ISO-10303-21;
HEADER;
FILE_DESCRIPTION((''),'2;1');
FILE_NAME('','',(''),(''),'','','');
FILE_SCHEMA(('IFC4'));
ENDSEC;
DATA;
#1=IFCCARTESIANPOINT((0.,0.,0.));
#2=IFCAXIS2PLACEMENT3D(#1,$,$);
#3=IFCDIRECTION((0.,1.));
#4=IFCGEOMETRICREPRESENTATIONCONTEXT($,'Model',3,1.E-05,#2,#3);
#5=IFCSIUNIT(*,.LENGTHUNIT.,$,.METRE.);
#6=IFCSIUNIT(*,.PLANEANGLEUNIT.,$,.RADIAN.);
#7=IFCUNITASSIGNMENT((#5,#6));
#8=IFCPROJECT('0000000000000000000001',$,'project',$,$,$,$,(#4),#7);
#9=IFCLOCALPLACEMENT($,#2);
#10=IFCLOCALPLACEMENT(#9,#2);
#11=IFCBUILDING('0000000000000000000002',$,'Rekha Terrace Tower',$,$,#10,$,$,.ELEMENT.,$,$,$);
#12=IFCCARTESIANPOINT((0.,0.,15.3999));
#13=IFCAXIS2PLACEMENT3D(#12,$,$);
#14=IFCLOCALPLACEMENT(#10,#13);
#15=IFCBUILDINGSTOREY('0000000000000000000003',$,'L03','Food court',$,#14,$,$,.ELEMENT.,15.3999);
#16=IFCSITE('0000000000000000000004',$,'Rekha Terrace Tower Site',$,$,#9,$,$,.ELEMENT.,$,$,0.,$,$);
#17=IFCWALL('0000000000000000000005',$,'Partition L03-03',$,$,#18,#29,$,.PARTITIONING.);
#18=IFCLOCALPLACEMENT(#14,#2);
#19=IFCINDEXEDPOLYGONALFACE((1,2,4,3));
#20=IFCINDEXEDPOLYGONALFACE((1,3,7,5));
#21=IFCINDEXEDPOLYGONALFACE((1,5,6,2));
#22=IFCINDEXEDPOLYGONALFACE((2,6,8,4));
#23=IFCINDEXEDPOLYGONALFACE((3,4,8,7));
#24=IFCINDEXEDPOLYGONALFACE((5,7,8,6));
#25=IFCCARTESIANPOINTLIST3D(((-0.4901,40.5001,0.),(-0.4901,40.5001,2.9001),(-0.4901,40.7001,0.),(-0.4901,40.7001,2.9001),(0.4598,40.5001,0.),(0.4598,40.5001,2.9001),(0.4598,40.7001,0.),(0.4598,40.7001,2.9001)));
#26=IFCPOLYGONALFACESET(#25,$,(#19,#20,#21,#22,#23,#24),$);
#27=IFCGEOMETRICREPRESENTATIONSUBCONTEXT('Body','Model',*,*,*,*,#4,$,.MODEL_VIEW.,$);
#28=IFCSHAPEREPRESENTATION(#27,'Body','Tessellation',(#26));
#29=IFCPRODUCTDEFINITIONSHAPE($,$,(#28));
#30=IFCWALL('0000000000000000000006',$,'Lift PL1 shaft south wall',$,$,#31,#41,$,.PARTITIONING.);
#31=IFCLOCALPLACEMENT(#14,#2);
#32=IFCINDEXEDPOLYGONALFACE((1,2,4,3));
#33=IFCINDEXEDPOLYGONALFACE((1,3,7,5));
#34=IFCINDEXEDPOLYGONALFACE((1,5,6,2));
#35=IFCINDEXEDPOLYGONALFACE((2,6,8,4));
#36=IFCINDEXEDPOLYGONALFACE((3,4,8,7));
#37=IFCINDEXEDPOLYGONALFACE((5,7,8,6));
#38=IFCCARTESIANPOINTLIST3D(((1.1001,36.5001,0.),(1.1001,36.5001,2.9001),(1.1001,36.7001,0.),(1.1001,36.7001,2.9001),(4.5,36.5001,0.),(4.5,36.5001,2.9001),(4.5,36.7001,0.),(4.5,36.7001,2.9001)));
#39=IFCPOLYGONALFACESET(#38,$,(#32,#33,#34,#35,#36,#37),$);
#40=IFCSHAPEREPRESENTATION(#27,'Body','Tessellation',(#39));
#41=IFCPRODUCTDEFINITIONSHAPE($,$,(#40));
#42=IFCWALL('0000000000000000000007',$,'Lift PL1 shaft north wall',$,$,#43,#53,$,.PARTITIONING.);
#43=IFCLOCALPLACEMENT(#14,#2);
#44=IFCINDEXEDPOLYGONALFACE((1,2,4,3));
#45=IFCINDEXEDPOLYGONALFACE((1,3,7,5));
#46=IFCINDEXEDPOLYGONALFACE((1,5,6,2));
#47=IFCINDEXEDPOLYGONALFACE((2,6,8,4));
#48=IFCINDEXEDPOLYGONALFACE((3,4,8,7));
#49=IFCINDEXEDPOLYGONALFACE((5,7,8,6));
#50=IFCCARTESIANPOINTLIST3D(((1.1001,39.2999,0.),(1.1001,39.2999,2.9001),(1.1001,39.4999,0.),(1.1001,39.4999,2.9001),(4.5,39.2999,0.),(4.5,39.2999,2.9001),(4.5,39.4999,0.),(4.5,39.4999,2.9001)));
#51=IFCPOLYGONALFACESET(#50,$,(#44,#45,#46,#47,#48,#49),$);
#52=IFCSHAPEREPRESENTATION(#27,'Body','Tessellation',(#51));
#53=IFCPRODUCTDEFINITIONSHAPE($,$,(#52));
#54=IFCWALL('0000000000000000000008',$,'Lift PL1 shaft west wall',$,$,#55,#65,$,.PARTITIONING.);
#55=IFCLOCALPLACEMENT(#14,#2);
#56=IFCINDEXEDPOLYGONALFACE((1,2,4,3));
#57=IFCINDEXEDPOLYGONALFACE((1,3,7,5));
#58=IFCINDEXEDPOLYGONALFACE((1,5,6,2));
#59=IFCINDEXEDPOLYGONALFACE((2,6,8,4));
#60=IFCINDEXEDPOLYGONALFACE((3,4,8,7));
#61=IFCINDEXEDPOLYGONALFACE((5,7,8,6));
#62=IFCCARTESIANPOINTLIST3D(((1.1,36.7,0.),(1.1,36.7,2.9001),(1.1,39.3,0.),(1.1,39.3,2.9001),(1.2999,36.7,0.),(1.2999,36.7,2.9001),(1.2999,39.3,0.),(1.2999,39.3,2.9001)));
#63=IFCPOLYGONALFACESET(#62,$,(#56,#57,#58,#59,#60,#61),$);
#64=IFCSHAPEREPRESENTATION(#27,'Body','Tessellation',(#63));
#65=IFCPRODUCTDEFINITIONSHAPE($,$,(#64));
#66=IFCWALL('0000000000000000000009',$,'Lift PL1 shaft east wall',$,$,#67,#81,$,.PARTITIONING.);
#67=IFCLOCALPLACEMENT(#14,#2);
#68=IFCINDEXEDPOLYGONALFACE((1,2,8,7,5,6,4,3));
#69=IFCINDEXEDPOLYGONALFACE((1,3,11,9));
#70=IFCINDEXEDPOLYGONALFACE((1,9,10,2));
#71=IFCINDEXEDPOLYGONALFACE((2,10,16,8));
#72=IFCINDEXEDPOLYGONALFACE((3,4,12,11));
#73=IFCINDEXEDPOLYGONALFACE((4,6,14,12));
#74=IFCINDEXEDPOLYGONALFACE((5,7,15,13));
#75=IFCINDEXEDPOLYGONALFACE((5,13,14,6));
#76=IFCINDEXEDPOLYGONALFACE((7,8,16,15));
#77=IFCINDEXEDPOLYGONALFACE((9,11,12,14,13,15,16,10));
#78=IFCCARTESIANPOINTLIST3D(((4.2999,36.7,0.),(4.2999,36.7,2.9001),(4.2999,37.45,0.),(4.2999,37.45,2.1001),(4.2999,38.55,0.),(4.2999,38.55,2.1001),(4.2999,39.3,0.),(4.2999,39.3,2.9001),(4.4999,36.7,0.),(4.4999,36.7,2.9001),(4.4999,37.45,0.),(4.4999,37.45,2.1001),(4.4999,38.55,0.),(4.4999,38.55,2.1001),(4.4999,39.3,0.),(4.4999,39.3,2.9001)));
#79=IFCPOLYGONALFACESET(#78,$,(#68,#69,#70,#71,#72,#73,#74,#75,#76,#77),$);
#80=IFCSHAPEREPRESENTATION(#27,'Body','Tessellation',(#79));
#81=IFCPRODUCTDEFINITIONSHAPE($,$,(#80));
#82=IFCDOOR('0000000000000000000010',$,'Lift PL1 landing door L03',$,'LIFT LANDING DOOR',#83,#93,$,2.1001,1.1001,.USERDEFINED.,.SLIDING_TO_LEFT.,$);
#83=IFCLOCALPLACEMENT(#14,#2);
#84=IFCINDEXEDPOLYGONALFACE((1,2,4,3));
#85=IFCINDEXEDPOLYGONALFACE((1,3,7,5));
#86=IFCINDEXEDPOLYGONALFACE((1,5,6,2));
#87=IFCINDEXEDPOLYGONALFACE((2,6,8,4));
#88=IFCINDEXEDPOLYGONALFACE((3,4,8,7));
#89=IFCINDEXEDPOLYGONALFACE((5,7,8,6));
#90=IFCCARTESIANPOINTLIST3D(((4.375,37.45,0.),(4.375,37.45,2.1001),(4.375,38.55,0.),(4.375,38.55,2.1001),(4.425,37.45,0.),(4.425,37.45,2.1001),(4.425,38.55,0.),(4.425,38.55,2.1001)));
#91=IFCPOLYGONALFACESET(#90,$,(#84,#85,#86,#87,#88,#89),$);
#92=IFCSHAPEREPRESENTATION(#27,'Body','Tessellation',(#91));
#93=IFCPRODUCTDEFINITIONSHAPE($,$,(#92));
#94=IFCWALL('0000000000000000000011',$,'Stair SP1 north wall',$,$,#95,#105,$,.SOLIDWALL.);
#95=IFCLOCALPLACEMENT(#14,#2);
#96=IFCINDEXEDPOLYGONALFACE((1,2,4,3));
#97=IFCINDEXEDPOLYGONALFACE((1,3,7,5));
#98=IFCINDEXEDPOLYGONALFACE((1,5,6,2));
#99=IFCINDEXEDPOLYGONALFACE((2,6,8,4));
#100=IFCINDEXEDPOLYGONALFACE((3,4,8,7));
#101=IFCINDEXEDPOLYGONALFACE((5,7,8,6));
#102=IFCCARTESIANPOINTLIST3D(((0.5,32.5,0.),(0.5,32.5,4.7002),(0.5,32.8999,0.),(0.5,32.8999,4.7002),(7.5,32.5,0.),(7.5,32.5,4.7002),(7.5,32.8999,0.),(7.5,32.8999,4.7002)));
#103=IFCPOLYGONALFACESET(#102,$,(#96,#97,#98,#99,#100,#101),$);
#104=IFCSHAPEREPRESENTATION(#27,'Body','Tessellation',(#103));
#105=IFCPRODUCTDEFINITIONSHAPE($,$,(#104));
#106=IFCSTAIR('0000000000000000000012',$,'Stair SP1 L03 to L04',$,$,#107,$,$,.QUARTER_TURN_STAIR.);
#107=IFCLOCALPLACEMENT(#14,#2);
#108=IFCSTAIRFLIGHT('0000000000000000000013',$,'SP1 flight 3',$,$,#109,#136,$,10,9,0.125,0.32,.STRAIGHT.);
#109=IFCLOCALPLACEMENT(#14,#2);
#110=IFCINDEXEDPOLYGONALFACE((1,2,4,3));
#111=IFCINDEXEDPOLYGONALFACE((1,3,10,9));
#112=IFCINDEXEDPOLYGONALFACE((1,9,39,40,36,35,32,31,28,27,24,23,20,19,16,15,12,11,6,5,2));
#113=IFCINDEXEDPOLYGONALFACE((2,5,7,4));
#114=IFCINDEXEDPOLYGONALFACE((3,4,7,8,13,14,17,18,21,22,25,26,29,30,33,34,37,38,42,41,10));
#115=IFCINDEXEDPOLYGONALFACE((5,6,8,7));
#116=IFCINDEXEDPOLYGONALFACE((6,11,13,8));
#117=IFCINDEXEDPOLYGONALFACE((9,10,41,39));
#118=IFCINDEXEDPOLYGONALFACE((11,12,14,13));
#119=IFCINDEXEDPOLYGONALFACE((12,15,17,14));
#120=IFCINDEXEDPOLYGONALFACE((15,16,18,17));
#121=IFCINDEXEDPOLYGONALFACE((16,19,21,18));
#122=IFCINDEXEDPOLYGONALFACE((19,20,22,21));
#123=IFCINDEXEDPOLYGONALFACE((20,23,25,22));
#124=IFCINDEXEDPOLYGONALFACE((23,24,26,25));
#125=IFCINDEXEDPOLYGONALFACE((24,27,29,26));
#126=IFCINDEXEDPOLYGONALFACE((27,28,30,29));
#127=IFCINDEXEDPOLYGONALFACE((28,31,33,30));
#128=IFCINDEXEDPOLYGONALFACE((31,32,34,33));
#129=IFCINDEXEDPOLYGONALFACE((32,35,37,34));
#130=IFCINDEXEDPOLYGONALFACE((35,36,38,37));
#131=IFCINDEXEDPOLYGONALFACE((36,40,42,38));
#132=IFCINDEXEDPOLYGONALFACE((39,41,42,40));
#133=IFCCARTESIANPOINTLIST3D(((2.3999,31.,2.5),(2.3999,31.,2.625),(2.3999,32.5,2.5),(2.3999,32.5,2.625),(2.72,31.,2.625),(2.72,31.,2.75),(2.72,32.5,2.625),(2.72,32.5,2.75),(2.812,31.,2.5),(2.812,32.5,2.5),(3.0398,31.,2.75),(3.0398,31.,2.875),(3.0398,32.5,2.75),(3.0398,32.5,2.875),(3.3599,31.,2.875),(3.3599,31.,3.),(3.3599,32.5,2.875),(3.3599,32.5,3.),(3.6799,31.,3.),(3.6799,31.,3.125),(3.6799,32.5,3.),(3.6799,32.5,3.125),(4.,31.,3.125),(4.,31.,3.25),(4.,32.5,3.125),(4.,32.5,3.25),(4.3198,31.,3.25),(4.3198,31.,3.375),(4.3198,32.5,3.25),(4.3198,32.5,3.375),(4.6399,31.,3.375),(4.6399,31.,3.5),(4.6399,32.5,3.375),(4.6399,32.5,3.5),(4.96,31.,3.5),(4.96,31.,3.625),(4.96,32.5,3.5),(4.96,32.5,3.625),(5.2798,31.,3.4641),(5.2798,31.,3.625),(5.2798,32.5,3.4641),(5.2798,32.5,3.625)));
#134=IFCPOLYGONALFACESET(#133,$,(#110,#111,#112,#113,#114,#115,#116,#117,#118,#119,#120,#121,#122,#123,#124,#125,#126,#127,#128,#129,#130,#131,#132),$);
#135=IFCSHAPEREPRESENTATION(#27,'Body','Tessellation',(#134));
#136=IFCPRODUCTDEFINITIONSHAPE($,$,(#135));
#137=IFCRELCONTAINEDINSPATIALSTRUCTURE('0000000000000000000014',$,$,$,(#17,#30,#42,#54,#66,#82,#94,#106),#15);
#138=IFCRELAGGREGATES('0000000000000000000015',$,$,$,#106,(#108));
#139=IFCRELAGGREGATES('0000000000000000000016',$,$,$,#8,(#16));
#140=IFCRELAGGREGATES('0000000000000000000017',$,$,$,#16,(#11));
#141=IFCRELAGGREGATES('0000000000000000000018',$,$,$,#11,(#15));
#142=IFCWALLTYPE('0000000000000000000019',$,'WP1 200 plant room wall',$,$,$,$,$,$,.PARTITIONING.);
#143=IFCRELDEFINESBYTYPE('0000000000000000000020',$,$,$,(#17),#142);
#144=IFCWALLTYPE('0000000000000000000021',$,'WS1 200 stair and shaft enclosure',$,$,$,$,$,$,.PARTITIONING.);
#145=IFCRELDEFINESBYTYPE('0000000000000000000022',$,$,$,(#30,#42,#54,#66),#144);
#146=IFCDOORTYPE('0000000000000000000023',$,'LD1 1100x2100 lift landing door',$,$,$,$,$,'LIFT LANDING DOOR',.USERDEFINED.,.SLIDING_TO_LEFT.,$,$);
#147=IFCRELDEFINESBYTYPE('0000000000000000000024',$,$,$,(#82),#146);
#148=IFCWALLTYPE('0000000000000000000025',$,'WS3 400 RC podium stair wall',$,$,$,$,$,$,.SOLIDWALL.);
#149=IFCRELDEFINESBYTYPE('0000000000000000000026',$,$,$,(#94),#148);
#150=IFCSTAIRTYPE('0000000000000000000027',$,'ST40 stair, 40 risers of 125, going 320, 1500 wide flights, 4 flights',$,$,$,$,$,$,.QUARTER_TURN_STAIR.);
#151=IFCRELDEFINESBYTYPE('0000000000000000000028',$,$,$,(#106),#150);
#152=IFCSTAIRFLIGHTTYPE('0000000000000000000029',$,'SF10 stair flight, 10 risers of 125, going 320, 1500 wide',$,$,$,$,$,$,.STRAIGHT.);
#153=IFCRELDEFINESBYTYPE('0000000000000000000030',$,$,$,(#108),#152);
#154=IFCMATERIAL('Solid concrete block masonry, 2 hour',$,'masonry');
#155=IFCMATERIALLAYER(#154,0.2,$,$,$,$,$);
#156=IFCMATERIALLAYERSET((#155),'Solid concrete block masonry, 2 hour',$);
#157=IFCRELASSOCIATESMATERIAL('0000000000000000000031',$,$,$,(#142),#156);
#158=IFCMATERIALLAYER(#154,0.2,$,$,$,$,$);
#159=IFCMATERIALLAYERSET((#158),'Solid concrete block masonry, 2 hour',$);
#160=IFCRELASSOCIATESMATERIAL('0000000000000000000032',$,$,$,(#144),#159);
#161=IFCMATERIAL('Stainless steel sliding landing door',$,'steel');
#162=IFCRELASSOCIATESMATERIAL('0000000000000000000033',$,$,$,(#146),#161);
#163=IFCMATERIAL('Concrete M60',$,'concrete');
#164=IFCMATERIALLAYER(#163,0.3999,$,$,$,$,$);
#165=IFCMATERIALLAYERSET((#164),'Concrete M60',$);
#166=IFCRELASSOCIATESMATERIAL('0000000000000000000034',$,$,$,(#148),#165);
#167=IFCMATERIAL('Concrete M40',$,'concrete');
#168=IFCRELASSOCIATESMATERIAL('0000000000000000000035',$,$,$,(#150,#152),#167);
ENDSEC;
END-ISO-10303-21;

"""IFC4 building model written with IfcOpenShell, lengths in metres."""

from ifc_helpers import new_model, si_unit, direction, frame, frame_2d, origin, place, context, subcontext, project, spatial, polyline, rectangle, outline, extrude, material, layer, layer_set, type_object, element, fill, aggregate, save


model = new_model("IFC4")

# Units and contexts
model_context = context("Model", 3, precision=1e-05, world=origin(), true_north=direction((0.0, 1.0)))
body_context = subcontext(model_context, "Body", "Model", "MODEL_VIEW")
ifc_project = project(units=[si_unit("LENGTHUNIT", "METRE"), si_unit("PLANEANGLEUNIT", "RADIAN")], contexts=[model_context])

# Site, building, storey
site_placement = place(None, origin())
site = spatial("IfcSite", under=ifc_project, at=site_placement, Name="Rekha Terrace Tower Site", CompositionType="ELEMENT", RefElevation=0.0)
building_placement = place(site_placement, origin())
building = spatial("IfcBuilding", under=site, at=building_placement, Name="Rekha Terrace Tower", CompositionType="ELEMENT")
storey_placement = place(building_placement, frame((0.0, 0.0, 15.3999)))
storey = spatial("IfcBuildingStorey", under=building, at=storey_placement, Name="L03", Description="Food court", CompositionType="ELEMENT", Elevation=15.3999)

# Shared definitions
ifc_material_1 = material(Name="Concrete M60", Category="concrete")

# Walls
ifc_material_2 = material(Name="Solid concrete block masonry, 2 hour", Category="masonry")
ifc_layer_1 = layer(ifc_material_2, 0.2)
ifc_layer_set_1 = layer_set([ifc_layer_1], Name="Solid concrete block masonry, 2 hour")
wall_type_1 = type_object("IfcWallType", Name="WP1 200 plant room wall", PredefinedType="PARTITIONING", material=ifc_layer_set_1)
wall_1_placement = place(storey_placement, frame((0.46, 40.6001, 0.0), z_axis=(0.0, 0.0, 1.0), x_axis=(-1.0, 0.0, 0.0)))
element("IfcWall", 1, at=wall_1_placement, inside=storey, type_object=wall_type_1, Name="Partition L03-03", PredefinedType="PARTITIONING", context=body_context, shape_type="SweptSolid", body=[
    extrude(rectangle(XDim=0.95, YDim=0.2, at=frame_2d((0.4751, 0.0))), origin(), (0.0, 0.0, 1.0), 2.9001),
])
ifc_layer_2 = layer(ifc_material_2, 0.2)
ifc_layer_set_2 = layer_set([ifc_layer_2], Name="Solid concrete block masonry, 2 hour")
wall_type_2 = type_object("IfcWallType", Name="WS1 200 stair and shaft enclosure", PredefinedType="PARTITIONING", material=ifc_layer_set_2)
for number, where, z_axis, x_axis, name in (
    (2, (1.1001, 36.6001, 0.0), (0.0, 0.0, 1.0), (1.0, 0.0, 0.0), "Lift PL1 shaft south wall"),
    (3, (1.1001, 39.3999, 0.0), (0.0, 0.0, 1.0), (1.0, 0.0, 0.0), "Lift PL1 shaft north wall"),
):
    element("IfcWall", number, at=place(storey_placement, frame(where, z_axis=z_axis, x_axis=x_axis)), inside=storey, type_object=wall_type_2, Name=name, PredefinedType="PARTITIONING", context=body_context, shape_type="SweptSolid", body=[
        extrude(rectangle(XDim=3.3999, YDim=0.2, at=frame_2d((1.7, 0.0))), origin(), (0.0, 0.0, 1.0), 2.9001),
    ])
wall_2_placement = place(storey_placement, frame((1.2, 36.7, 0.0), z_axis=(0.0, 0.0, 1.0), x_axis=(0.0, 1.0, 0.0)))
element("IfcWall", 4, at=wall_2_placement, inside=storey, type_object=wall_type_2, Name="Lift PL1 shaft west wall", PredefinedType="PARTITIONING", context=body_context, shape_type="SweptSolid", body=[
    extrude(rectangle(XDim=2.6001, YDim=0.2, at=frame_2d((1.3, 0.0))), origin(), (0.0, 0.0, 1.0), 2.9001),
])

# Wall, opening, door
wall_3_placement = place(storey_placement, frame((4.3999, 36.7, 0.0), z_axis=(0.0, 0.0, 1.0), x_axis=(0.0, 1.0, 0.0)))
wall_3 = element("IfcWall", 5, at=wall_3_placement, inside=storey, type_object=wall_type_2, Name="Lift PL1 shaft east wall", PredefinedType="PARTITIONING", context=body_context, shape_type="SweptSolid", body=[
    extrude(rectangle(XDim=2.6001, YDim=0.2, at=frame_2d((1.3, 0.0))), origin(), (0.0, 0.0, 1.0), 2.9001),
])
opening_placement = place(wall_3_placement, frame((0.75, 0.0, 0.0)))
opening = element("IfcOpeningElement", 6, at=opening_placement, cuts=wall_3, PredefinedType="OPENING", context=body_context, shape_type="SweptSolid", body=[
    extrude(rectangle(XDim=1.1001, YDim=2.1001, at=frame_2d((0.55, 1.05))), frame((0.0, 0.1099, 0.0), z_axis=(0.0, -1.0, 0.0), x_axis=(1.0, 0.0, 0.0)), (0.0, 0.0, 1.0), 0.22),
])
ifc_material_3 = material(Name="Stainless steel sliding landing door", Category="steel")
door_type = type_object("IfcDoorType", Name="LD1 1100x2100 lift landing door", ElementType="LIFT LANDING DOOR", OperationType="SLIDING_TO_LEFT", PredefinedType="USERDEFINED", material=ifc_material_3)
door_placement = place(opening_placement, origin())
door = element("IfcDoor", 7, at=door_placement, inside=storey, type_object=door_type, Name="Lift PL1 landing door L03", ObjectType="LIFT LANDING DOOR", OperationType="SLIDING_TO_LEFT", OverallHeight=2.1001, OverallWidth=1.1001, PredefinedType="USERDEFINED", context=body_context, shape_type="SweptSolid", body=[
    extrude(rectangle(XDim=1.1001, YDim=2.1001, at=frame_2d((0.55, 1.05))), frame((0.0, 0.0249, 0.0), z_axis=(0.0, -1.0, 0.0), x_axis=(1.0, 0.0, 0.0)), (0.0, 0.0, 1.0), 0.05),
])
fill(opening, door)

# Wall
ifc_layer_3 = layer(ifc_material_1, 0.3999)
ifc_layer_set_3 = layer_set([ifc_layer_3], Name="Concrete M60")
wall_type_3 = type_object("IfcWallType", Name="WS3 400 RC podium stair wall", PredefinedType="SOLIDWALL", material=ifc_layer_set_3)
wall_4_placement = place(storey_placement, frame((0.5, 32.7, 0.0), z_axis=(0.0, 0.0, 1.0), x_axis=(1.0, 0.0, 0.0)))
element("IfcWall", 8, at=wall_4_placement, inside=storey, type_object=wall_type_3, Name="Stair SP1 north wall", PredefinedType="SOLIDWALL", context=body_context, shape_type="SweptSolid", body=[
    extrude(rectangle(XDim=7.0, YDim=0.3999, at=frame_2d((3.5, 0.0))), origin(), (0.0, 0.0, 1.0), 4.7002),
])

# Stair, stair flight
ifc_material_4 = material(Name="Concrete M40", Category="concrete")
stair_type = type_object("IfcStairType", Name="ST40 stair, 40 risers of 125, going 320, 1500 wide flights, 4 flights", PredefinedType="QUARTER_TURN_STAIR", material=ifc_material_4)
stair_placement = place(storey_placement, origin())
stair = element("IfcStair", 9, at=stair_placement, inside=storey, type_object=stair_type, Name="Stair SP1 L03 to L04", PredefinedType="QUARTER_TURN_STAIR")
stair_flight_type = type_object("IfcStairFlightType", Name="SF10 stair flight, 10 risers of 125, going 320, 1500 wide", PredefinedType="STRAIGHT", material=ifc_material_4)
stair_flight_placement = place(storey_placement, frame((2.3999, 31.75, 2.5), z_axis=(0.0, 0.0, 1.0), x_axis=(1.0, 0.0, 0.0)))
stair_flight = element("IfcStairFlight", 10, at=stair_flight_placement, type_object=stair_flight_type, Name="SP1 flight 3", NumberOfRisers=10, NumberOfTreads=9, PredefinedType="STRAIGHT", RiserHeight=0.125, TreadLength=0.32, context=body_context, shape_type="SweptSolid", body=[
    extrude(outline(polyline([(0.0, 0.0), (0.0, 0.125), (0.3201, 0.125), (0.3201, 0.25), (0.6399, 0.25), (0.6399, 0.375), (0.96, 0.375), (0.96, 0.5), (1.28, 0.5), (1.28, 0.625), (1.6001, 0.625), (1.6001, 0.75), (1.9199, 0.75), (1.9199, 0.875), (2.24, 0.875), (2.24, 1.0), (2.5601, 1.0), (2.5601, 1.125), (2.8799, 1.125), (2.8799, 1.25), (2.8799, 0.9641), (0.4121, 0.0), (0.0, 0.0)])), frame((0.0, 0.75, 0.0), z_axis=(0.0, -1.0, 0.0), x_axis=(1.0, 0.0, 0.0)), (0.0, 0.0, 1.0), 1.5),
])
aggregate(stair, [stair_flight])

save(model, "model.ifc")
